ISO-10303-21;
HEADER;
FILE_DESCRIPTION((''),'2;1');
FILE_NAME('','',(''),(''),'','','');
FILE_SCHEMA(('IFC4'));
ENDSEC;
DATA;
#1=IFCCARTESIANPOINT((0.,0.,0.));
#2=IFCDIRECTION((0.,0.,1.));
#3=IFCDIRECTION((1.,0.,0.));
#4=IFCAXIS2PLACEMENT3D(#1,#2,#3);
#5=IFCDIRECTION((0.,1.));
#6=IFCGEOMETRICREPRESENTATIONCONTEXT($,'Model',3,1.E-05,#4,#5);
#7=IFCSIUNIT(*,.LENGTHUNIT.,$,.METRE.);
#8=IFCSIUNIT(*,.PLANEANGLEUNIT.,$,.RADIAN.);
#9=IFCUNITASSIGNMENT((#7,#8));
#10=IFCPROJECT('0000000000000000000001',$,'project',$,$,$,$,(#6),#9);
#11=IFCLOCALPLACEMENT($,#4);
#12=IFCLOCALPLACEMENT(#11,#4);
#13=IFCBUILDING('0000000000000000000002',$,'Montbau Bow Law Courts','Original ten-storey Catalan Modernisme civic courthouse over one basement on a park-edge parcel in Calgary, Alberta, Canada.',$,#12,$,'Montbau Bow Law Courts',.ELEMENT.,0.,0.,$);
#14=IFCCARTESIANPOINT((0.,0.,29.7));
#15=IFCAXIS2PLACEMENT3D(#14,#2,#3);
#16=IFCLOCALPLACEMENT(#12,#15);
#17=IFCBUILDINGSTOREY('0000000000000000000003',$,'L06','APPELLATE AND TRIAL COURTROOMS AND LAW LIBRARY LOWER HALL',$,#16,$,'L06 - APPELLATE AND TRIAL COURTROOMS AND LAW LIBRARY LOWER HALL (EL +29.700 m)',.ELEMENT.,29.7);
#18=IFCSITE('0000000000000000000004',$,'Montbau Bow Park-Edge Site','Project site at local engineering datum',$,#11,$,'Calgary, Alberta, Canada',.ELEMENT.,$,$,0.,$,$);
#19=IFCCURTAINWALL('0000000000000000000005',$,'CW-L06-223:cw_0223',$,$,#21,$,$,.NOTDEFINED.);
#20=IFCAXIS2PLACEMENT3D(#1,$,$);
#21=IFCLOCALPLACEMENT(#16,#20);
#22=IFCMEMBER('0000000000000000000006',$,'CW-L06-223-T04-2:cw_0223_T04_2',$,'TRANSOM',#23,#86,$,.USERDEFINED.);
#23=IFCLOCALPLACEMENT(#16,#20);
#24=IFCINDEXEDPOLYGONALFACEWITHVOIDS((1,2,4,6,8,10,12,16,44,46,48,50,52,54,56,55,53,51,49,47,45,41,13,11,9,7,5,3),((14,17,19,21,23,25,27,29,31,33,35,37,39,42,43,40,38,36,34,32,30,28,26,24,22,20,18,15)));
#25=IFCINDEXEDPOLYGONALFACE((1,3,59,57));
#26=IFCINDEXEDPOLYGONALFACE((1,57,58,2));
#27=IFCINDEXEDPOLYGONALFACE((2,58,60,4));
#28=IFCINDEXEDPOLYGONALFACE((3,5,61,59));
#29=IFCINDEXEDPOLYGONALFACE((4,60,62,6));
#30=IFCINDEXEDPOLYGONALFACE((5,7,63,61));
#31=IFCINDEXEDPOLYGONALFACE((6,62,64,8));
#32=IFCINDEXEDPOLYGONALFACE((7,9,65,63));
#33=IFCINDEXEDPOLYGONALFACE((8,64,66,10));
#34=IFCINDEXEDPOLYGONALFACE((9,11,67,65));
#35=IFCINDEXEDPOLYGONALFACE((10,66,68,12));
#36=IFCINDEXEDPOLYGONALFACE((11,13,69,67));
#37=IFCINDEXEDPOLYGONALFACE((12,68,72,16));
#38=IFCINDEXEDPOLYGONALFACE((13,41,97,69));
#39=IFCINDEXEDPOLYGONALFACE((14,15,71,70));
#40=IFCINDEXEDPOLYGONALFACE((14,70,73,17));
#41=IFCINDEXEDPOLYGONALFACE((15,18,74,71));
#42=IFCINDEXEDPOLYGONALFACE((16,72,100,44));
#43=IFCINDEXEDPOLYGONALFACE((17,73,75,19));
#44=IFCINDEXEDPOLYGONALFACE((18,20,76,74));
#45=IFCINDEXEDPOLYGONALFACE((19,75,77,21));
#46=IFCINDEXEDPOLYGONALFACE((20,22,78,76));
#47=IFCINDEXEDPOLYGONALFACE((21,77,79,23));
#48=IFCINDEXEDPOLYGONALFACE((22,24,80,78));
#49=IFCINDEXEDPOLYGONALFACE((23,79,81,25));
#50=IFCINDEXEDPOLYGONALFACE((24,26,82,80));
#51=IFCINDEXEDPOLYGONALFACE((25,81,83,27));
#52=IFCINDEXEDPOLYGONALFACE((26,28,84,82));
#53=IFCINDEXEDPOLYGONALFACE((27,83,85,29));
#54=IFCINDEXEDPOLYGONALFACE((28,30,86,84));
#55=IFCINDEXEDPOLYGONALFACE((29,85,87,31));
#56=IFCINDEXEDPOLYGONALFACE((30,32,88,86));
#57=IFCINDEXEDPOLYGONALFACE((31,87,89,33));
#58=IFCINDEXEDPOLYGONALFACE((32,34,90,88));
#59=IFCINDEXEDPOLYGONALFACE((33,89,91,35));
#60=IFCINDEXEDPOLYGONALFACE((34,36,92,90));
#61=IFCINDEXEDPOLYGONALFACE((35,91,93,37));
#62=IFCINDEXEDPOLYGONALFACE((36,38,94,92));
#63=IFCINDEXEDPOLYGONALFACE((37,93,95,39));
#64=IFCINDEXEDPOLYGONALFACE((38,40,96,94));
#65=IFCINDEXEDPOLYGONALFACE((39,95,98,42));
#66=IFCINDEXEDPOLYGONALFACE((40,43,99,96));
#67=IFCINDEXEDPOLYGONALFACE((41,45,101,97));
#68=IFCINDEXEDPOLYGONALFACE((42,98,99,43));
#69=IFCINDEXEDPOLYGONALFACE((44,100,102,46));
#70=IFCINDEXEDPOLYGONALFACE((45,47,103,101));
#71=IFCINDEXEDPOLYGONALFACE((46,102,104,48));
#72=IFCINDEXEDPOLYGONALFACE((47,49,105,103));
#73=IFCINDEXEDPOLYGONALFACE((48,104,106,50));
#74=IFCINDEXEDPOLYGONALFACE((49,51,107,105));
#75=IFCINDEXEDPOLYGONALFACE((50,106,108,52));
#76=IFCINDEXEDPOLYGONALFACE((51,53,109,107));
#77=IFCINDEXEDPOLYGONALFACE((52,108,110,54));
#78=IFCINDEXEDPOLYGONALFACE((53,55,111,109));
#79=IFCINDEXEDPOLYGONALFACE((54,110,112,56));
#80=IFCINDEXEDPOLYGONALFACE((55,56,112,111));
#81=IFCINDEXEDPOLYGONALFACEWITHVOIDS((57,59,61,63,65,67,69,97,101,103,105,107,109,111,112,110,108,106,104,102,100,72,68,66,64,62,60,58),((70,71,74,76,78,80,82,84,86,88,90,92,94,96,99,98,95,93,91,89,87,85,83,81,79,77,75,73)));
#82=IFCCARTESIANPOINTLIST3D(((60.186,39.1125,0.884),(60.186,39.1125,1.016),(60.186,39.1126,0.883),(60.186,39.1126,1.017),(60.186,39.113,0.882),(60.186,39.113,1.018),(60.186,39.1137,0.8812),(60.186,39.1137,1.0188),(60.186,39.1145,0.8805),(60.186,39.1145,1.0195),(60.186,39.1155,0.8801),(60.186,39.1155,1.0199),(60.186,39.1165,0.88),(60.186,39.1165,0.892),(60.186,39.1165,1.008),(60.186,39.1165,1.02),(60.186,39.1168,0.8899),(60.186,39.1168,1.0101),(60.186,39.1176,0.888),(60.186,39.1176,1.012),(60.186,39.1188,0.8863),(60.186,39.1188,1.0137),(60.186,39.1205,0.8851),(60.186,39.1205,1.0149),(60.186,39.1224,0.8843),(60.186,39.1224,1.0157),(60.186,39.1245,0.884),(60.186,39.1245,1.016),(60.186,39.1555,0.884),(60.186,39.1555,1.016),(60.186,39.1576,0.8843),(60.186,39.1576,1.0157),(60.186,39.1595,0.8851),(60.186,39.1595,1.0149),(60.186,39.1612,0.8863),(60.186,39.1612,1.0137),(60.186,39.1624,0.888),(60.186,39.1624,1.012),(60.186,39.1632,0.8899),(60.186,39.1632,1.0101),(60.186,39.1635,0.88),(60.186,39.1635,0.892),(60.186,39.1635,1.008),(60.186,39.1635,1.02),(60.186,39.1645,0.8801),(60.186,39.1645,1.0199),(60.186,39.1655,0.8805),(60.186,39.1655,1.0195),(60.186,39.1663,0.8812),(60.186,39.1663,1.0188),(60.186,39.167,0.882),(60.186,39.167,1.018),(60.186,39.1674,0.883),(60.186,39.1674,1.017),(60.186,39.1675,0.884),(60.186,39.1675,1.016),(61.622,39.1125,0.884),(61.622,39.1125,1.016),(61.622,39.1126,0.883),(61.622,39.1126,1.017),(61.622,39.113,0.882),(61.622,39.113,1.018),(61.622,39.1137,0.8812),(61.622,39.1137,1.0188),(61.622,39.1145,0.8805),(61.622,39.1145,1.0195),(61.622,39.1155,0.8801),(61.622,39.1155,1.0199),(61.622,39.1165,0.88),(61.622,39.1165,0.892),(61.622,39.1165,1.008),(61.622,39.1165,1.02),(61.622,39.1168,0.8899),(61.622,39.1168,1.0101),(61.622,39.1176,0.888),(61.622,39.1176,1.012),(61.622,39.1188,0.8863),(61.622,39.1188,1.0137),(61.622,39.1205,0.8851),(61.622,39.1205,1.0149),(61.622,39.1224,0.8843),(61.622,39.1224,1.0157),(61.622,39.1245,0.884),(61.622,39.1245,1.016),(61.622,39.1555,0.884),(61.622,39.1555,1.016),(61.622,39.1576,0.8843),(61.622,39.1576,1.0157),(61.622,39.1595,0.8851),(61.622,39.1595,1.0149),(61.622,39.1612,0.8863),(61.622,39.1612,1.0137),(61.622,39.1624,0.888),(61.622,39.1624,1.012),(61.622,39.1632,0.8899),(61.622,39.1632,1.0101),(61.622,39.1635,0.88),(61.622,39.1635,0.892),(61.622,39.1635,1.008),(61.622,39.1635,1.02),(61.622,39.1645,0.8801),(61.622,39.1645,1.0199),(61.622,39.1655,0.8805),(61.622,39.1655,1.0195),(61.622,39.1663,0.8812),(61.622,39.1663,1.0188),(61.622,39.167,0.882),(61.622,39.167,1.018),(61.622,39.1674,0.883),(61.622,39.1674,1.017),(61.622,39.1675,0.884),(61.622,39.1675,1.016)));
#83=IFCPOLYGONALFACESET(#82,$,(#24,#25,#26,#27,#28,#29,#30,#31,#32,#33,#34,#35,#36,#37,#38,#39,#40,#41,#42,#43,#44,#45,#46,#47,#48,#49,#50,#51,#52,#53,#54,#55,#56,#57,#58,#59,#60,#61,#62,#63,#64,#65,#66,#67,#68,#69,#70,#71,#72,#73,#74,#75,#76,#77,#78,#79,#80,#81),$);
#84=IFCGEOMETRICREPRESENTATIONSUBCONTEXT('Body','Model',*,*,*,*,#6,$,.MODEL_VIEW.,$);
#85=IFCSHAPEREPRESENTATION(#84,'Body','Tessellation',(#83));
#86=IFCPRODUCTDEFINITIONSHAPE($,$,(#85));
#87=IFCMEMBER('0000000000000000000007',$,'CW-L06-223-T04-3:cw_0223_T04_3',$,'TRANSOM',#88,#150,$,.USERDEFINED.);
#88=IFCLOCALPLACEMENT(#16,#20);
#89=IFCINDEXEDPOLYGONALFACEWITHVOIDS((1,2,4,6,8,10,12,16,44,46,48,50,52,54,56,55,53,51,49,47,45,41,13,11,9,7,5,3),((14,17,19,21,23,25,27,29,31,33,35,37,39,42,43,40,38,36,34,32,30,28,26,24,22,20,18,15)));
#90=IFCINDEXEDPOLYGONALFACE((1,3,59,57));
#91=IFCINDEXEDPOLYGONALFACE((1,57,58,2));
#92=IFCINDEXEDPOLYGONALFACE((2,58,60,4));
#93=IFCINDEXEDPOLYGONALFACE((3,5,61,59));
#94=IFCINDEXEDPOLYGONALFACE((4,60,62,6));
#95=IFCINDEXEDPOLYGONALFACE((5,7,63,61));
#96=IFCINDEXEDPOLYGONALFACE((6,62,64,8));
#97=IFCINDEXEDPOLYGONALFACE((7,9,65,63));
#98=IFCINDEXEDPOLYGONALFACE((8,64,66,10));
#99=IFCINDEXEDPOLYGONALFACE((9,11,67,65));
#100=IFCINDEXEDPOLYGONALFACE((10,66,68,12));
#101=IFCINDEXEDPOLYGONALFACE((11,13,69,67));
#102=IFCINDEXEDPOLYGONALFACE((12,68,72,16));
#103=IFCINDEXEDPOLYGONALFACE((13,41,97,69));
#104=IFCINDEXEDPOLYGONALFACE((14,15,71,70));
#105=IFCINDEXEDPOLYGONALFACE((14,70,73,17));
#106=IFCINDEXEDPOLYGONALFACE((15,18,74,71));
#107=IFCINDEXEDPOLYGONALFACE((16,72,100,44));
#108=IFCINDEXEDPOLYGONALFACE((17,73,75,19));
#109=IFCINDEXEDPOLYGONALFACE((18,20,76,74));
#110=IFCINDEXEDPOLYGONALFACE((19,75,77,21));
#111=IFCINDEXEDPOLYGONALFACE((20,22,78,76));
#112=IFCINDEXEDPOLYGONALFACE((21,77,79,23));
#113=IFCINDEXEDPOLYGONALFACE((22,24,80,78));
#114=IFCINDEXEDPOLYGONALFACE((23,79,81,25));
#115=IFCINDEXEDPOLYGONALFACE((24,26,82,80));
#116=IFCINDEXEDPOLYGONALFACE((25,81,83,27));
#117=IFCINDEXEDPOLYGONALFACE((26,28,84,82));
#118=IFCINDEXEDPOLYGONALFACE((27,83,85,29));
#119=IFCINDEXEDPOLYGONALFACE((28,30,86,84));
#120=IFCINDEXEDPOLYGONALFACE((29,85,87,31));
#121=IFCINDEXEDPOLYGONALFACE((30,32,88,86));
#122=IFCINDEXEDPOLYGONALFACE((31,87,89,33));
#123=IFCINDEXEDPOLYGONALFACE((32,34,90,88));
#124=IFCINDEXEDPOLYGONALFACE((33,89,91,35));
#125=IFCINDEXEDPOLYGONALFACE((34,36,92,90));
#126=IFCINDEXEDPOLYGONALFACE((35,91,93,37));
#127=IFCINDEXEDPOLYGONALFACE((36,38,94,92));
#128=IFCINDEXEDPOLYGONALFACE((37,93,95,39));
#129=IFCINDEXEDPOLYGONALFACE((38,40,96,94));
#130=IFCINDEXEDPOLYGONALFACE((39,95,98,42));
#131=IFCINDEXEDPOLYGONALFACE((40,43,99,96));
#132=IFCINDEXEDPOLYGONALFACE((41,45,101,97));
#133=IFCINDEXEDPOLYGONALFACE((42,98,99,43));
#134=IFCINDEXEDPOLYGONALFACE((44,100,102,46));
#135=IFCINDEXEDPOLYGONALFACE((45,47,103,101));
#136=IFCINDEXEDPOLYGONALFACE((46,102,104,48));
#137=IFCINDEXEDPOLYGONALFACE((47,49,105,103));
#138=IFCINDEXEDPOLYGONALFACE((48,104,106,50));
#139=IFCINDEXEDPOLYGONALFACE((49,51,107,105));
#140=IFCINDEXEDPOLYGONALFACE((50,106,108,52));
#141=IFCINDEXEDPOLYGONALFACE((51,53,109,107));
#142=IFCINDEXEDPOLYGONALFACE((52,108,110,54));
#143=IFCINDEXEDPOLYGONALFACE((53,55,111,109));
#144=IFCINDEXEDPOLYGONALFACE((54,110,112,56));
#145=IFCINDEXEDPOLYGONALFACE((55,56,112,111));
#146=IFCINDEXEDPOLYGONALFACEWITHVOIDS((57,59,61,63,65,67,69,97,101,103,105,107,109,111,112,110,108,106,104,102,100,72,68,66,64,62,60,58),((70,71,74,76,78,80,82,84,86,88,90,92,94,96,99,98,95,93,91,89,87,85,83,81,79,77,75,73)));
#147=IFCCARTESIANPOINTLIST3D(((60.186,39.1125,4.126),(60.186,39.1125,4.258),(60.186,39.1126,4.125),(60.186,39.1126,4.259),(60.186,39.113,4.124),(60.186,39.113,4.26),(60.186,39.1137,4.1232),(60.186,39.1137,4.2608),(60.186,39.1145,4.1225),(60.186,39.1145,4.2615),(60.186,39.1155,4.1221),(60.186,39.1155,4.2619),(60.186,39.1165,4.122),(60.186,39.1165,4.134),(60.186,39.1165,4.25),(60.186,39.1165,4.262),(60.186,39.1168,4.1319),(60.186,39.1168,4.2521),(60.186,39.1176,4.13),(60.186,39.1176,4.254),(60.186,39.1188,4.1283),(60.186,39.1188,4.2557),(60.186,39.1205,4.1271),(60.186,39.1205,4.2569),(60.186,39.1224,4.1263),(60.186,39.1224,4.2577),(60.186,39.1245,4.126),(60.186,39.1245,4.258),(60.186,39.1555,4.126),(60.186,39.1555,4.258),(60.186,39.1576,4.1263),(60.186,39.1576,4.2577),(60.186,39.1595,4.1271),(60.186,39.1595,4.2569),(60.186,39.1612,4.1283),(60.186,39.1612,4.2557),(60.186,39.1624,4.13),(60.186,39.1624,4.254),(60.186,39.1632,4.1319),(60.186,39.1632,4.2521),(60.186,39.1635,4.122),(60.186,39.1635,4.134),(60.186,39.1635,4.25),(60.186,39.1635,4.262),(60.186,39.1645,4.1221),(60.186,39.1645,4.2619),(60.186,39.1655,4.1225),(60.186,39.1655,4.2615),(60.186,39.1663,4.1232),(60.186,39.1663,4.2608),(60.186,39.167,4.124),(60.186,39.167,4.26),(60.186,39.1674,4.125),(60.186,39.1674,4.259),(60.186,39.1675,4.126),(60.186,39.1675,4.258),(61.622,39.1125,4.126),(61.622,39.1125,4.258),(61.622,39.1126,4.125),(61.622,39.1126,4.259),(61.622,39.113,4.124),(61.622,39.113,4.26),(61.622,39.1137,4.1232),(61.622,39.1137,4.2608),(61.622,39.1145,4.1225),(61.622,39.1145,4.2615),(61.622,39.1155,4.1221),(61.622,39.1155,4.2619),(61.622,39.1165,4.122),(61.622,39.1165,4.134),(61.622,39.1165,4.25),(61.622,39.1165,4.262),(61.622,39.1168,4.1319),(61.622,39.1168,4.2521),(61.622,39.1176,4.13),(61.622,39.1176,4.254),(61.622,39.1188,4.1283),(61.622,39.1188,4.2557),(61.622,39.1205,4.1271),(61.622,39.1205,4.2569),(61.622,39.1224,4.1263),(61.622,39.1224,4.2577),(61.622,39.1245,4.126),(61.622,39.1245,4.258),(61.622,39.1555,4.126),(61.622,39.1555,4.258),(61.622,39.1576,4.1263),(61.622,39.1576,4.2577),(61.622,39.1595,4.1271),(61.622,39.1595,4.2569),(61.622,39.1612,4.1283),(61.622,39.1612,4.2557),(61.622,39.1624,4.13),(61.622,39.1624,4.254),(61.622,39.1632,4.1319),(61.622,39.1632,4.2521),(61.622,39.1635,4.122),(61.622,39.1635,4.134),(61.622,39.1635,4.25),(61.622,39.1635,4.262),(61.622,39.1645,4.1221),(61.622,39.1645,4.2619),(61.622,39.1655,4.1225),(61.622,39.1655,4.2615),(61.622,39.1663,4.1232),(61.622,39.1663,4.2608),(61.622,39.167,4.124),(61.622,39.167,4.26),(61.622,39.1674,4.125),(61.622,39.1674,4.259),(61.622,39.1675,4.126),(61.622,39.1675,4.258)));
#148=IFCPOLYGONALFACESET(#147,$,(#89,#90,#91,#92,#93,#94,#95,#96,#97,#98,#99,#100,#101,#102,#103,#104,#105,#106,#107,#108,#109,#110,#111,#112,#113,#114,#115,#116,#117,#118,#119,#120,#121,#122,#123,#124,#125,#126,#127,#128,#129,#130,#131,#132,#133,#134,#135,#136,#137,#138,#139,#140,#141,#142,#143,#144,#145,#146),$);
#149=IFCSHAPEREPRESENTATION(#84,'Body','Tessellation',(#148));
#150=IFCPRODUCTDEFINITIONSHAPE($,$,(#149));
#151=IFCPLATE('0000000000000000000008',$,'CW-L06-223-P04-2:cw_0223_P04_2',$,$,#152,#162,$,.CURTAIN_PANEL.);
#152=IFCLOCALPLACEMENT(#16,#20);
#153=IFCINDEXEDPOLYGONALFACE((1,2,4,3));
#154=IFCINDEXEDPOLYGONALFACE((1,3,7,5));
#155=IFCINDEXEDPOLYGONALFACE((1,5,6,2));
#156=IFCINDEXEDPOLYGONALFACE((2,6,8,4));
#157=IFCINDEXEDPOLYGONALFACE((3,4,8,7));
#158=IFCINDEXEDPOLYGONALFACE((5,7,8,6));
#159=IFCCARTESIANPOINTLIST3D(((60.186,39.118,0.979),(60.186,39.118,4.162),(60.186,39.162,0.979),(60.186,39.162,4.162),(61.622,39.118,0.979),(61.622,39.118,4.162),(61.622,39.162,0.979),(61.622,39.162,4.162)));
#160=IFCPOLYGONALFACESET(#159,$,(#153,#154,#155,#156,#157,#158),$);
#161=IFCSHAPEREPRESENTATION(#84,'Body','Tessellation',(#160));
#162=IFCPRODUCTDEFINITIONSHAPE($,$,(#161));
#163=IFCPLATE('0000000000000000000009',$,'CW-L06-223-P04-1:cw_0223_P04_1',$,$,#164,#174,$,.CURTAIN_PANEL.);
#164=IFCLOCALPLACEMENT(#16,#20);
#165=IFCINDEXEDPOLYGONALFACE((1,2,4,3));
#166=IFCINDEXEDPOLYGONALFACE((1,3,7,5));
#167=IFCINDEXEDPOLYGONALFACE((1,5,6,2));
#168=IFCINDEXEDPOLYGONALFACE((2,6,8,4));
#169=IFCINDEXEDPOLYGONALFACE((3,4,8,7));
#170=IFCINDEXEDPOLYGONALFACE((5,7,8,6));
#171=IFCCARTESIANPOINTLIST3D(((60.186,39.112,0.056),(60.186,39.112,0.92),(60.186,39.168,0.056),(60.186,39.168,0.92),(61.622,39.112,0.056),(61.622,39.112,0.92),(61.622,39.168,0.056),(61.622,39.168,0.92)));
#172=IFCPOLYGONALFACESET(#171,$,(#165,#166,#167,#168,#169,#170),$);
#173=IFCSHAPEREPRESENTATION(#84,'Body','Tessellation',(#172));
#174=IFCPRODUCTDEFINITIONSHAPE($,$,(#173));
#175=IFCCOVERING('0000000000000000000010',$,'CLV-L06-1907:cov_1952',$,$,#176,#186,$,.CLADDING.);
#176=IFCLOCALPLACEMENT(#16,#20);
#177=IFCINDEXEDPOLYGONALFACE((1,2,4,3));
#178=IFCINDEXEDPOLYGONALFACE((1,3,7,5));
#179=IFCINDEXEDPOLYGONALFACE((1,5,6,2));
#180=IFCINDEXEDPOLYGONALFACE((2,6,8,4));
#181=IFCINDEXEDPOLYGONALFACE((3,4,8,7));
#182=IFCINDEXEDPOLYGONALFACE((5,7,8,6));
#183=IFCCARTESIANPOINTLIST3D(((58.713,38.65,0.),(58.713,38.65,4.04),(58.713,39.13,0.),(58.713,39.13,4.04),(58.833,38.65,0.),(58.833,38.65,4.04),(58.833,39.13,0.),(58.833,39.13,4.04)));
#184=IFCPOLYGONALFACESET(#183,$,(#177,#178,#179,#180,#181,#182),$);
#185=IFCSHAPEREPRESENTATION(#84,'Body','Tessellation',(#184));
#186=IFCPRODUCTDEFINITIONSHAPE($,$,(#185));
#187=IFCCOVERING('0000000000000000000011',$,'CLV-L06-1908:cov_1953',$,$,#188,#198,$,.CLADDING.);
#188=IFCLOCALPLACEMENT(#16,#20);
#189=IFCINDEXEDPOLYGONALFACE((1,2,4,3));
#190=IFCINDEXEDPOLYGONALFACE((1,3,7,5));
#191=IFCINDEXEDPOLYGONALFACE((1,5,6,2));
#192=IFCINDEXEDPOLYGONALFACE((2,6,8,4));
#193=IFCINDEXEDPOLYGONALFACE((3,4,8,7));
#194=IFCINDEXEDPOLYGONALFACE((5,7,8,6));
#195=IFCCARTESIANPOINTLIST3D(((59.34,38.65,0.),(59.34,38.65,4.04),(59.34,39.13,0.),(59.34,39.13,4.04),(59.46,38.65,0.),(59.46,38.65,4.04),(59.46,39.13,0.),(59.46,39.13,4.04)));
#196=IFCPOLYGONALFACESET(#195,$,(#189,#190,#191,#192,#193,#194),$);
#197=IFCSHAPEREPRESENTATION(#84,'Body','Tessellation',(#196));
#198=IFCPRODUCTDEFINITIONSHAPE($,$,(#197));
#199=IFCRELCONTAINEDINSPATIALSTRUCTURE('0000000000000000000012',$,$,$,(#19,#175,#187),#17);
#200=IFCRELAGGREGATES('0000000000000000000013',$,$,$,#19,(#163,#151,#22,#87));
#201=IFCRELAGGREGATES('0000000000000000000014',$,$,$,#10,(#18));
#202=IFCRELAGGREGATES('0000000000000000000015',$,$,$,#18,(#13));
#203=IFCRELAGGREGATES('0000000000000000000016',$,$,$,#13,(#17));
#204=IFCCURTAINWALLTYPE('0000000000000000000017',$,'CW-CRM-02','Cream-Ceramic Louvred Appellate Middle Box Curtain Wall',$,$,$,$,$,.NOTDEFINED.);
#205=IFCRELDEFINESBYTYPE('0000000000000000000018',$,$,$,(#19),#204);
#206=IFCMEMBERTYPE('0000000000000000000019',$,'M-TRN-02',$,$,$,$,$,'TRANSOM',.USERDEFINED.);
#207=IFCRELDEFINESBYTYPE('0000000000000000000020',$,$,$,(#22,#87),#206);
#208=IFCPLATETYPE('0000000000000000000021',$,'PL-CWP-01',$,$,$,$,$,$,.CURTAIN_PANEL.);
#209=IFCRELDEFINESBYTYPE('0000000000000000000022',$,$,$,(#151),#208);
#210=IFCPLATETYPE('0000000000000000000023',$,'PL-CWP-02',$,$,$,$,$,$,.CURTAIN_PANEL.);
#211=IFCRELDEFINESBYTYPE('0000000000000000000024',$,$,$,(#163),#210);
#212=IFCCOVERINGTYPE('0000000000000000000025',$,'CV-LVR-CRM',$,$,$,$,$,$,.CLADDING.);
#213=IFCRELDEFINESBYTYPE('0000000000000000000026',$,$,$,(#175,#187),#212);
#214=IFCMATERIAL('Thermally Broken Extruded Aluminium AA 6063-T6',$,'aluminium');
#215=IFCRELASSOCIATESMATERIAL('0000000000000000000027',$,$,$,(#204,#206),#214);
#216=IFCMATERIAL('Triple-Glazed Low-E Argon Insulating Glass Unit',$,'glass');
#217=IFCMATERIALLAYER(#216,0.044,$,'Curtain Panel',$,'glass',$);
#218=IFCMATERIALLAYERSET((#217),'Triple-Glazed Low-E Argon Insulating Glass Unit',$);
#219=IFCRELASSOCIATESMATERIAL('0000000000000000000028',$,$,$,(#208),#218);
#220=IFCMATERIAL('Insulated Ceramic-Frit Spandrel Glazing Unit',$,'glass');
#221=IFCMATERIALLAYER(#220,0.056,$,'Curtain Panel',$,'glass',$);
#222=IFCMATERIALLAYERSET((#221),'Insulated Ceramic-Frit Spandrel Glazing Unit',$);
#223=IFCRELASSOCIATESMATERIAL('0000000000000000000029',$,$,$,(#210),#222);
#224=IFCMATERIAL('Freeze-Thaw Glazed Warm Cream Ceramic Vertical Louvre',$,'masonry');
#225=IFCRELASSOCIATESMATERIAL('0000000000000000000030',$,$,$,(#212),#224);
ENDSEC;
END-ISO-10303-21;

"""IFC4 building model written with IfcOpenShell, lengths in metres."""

from ifc_helpers import new_model, si_unit, direction, frame, frame_2d, origin_with_axes, origin_2d_with_axis, place, context, subcontext, project, spatial, rectangle, hollow_rectangle, extrude, material, layer, layer_set, material_profile, profile_set, type_object, element, aggregate, save


model = new_model("IFC4")

# Units and contexts
model_context = context("Model", 3, precision=1e-05, world=origin_with_axes(), true_north=direction((0.0, 1.0)))
body_context = subcontext(model_context, "Body", "Model", "MODEL_VIEW")
ifc_project = project(units=[si_unit("LENGTHUNIT", "METRE"), si_unit("PLANEANGLEUNIT", "RADIAN")], contexts=[model_context])

# Site, building, storey
site_placement = place(None, origin_with_axes())
site = spatial("IfcSite", under=ifc_project, at=site_placement, Name="Montbau Bow Park-Edge Site", Description="Project site at local engineering datum", LongName="Calgary, Alberta, Canada", CompositionType="ELEMENT", RefElevation=0.0)
building_placement = place(site_placement, origin_with_axes())
building = spatial("IfcBuilding", under=site, at=building_placement, Name="Montbau Bow Law Courts", Description="Original ten-storey Catalan Modernisme civic courthouse over one basement on a park-edge parcel in Calgary, Alberta, Canada.", LongName="Montbau Bow Law Courts", CompositionType="ELEMENT", ElevationOfRefHeight=0.0, ElevationOfTerrain=0.0)
storey_placement = place(building_placement, frame((0.0, 0.0, 29.7), z_axis=(0.0, 0.0, 1.0), x_axis=(1.0, 0.0, 0.0)))
storey = spatial("IfcBuildingStorey", under=building, at=storey_placement, Name="L06", Description="APPELLATE AND TRIAL COURTROOMS AND LAW LIBRARY LOWER HALL", LongName="L06 - APPELLATE AND TRIAL COURTROOMS AND LAW LIBRARY LOWER HALL (EL +29.700 m)", CompositionType="ELEMENT", Elevation=29.7)

# Curtain wall, members, plates
ifc_material_1 = material(Name="Thermally Broken Extruded Aluminium AA 6063-T6", Category="aluminium")
curtain_wall_type = type_object("IfcCurtainWallType", Name="CW-CRM-02", Description="Cream-Ceramic Louvred Appellate Middle Box Curtain Wall", PredefinedType="NOTDEFINED", material=ifc_material_1)
curtain_wall_placement = place(None, frame((55.64, 39.14, 29.7), z_axis=(0.0, 0.0, 1.0), x_axis=(1.0, 0.0, 0.0)))
curtain_wall = element("IfcCurtainWall", 1, at=curtain_wall_placement, inside=storey, type_object=curtain_wall_type, Name="CW-L06-223:cw_0223", PredefinedType="NOTDEFINED")
ifc_material_profile_1 = material_profile(ifc_material_1, hollow_rectangle(XDim=0.055, YDim=0.14, WallThickness=0.004, InnerFilletRadius=0.008, OuterFilletRadius=0.004, at=origin_2d_with_axis()), Name="CWT-140X55", Category="Main", Priority=0)
ifc_profile_set_1 = profile_set([ifc_material_profile_1], Name="Thermally Broken Extruded Aluminium AA 6063-T6")
member_type_1 = type_object("IfcMemberType", Name="M-TRN-02", ElementType="TRANSOM", PredefinedType="USERDEFINED", material=ifc_profile_set_1)
member_1_placement = place(None, frame((60.186, 39.14, 30.65), z_axis=(1.0, 0.0, 0.0), x_axis=(0.0, 1.0, 0.0)))
member_1 = element("IfcMember", 2, at=member_1_placement, type_object=member_type_1, Name="CW-L06-223-T04-2:cw_0223_T04_2", ObjectType="TRANSOM", PredefinedType="USERDEFINED", context=body_context, shape_type="SweptSolid", body=[
    extrude(hollow_rectangle(XDim=0.055, YDim=0.14, WallThickness=0.004, InnerFilletRadius=0.008, OuterFilletRadius=0.004, at=origin_2d_with_axis()), origin_with_axes(), (0.0, 0.0, 1.0), 1.436),
])
member_2_placement = place(None, frame((60.186, 39.14, 33.892), z_axis=(1.0, 0.0, 0.0), x_axis=(0.0, 1.0, 0.0)))
member_2 = element("IfcMember", 3, at=member_2_placement, type_object=member_type_1, Name="CW-L06-223-T04-3:cw_0223_T04_3", ObjectType="TRANSOM", PredefinedType="USERDEFINED", context=body_context, shape_type="SweptSolid", body=[
    extrude(hollow_rectangle(XDim=0.055, YDim=0.14, WallThickness=0.004, InnerFilletRadius=0.008, OuterFilletRadius=0.004, at=origin_2d_with_axis()), origin_with_axes(), (0.0, 0.0, 1.0), 1.436),
])
ifc_material_2 = material(Name="Triple-Glazed Low-E Argon Insulating Glass Unit", Category="glass")
ifc_layer_1 = layer(ifc_material_2, 0.044, Name="Curtain Panel", Category="glass")
ifc_layer_set_1 = layer_set([ifc_layer_1], Name="Triple-Glazed Low-E Argon Insulating Glass Unit")
plate_type_1 = type_object("IfcPlateType", Name="PL-CWP-01", PredefinedType="CURTAIN_PANEL", material=ifc_layer_set_1)
plate_1_placement = place(None, frame((60.186, 39.14, 30.679), z_axis=(0.0, -1.0, 0.0), x_axis=(1.0, 0.0, 0.0)))
plate_1 = element("IfcPlate", 4, at=plate_1_placement, type_object=plate_type_1, Name="CW-L06-223-P04-2:cw_0223_P04_2", PredefinedType="CURTAIN_PANEL", context=body_context, shape_type="SweptSolid", body=[
    extrude(rectangle(XDim=1.436, YDim=3.183, at=frame_2d((0.718, 1.5915), x_axis=(1.0, 0.0))), frame((0.0, 0.0, -0.022), z_axis=(0.0, 0.0, 1.0), x_axis=(1.0, 0.0, 0.0)), (0.0, 0.0, 1.0), 0.044),
])
ifc_material_3 = material(Name="Insulated Ceramic-Frit Spandrel Glazing Unit", Category="glass")
ifc_layer_2 = layer(ifc_material_3, 0.056, Name="Curtain Panel", Category="glass")
ifc_layer_set_2 = layer_set([ifc_layer_2], Name="Insulated Ceramic-Frit Spandrel Glazing Unit")
plate_type_2 = type_object("IfcPlateType", Name="PL-CWP-02", PredefinedType="CURTAIN_PANEL", material=ifc_layer_set_2)
plate_2_placement = place(None, frame((60.186, 39.14, 29.756), z_axis=(0.0, -1.0, 0.0), x_axis=(1.0, 0.0, 0.0)))
plate_2 = element("IfcPlate", 5, at=plate_2_placement, type_object=plate_type_2, Name="CW-L06-223-P04-1:cw_0223_P04_1", PredefinedType="CURTAIN_PANEL", context=body_context, shape_type="SweptSolid", body=[
    extrude(rectangle(XDim=1.436, YDim=0.864, at=frame_2d((0.718, 0.432), x_axis=(1.0, 0.0))), frame((0.0, 0.0, -0.028), z_axis=(0.0, 0.0, 1.0), x_axis=(1.0, 0.0, 0.0)), (0.0, 0.0, 1.0), 0.056),
])
aggregate(curtain_wall, [plate_2, plate_1, member_1, member_2])

# Coverings
ifc_material_4 = material(Name="Freeze-Thaw Glazed Warm Cream Ceramic Vertical Louvre", Category="masonry")
covering_type = type_object("IfcCoveringType", Name="CV-LVR-CRM", PredefinedType="CLADDING", material=ifc_material_4)
for number, where, z_axis, x_axis, name in (
    (6, (58.773, 39.13, 29.7), (-1.0, 0.0, 0.0), (0.0, -1.0, 0.0), "CLV-L06-1907:cov_1952"),
    (7, (59.4, 39.13, 29.7), (-1.0, 0.0, 0.0), (0.0, -1.0, 0.0), "CLV-L06-1908:cov_1953"),
):
    element("IfcCovering", number, at=place(None, frame(where, z_axis=z_axis, x_axis=x_axis)), inside=storey, type_object=covering_type, Name=name, PredefinedType="CLADDING", context=body_context, shape_type="SweptSolid", body=[
        extrude(rectangle(XDim=0.48, YDim=4.04, at=frame_2d((0.24, 2.02), x_axis=(1.0, 0.0))), frame((0.0, 0.0, -0.06), z_axis=(0.0, 0.0, 1.0), x_axis=(1.0, 0.0, 0.0)), (0.0, 0.0, 1.0), 0.12),
    ])

save(model, "model.ifc")
